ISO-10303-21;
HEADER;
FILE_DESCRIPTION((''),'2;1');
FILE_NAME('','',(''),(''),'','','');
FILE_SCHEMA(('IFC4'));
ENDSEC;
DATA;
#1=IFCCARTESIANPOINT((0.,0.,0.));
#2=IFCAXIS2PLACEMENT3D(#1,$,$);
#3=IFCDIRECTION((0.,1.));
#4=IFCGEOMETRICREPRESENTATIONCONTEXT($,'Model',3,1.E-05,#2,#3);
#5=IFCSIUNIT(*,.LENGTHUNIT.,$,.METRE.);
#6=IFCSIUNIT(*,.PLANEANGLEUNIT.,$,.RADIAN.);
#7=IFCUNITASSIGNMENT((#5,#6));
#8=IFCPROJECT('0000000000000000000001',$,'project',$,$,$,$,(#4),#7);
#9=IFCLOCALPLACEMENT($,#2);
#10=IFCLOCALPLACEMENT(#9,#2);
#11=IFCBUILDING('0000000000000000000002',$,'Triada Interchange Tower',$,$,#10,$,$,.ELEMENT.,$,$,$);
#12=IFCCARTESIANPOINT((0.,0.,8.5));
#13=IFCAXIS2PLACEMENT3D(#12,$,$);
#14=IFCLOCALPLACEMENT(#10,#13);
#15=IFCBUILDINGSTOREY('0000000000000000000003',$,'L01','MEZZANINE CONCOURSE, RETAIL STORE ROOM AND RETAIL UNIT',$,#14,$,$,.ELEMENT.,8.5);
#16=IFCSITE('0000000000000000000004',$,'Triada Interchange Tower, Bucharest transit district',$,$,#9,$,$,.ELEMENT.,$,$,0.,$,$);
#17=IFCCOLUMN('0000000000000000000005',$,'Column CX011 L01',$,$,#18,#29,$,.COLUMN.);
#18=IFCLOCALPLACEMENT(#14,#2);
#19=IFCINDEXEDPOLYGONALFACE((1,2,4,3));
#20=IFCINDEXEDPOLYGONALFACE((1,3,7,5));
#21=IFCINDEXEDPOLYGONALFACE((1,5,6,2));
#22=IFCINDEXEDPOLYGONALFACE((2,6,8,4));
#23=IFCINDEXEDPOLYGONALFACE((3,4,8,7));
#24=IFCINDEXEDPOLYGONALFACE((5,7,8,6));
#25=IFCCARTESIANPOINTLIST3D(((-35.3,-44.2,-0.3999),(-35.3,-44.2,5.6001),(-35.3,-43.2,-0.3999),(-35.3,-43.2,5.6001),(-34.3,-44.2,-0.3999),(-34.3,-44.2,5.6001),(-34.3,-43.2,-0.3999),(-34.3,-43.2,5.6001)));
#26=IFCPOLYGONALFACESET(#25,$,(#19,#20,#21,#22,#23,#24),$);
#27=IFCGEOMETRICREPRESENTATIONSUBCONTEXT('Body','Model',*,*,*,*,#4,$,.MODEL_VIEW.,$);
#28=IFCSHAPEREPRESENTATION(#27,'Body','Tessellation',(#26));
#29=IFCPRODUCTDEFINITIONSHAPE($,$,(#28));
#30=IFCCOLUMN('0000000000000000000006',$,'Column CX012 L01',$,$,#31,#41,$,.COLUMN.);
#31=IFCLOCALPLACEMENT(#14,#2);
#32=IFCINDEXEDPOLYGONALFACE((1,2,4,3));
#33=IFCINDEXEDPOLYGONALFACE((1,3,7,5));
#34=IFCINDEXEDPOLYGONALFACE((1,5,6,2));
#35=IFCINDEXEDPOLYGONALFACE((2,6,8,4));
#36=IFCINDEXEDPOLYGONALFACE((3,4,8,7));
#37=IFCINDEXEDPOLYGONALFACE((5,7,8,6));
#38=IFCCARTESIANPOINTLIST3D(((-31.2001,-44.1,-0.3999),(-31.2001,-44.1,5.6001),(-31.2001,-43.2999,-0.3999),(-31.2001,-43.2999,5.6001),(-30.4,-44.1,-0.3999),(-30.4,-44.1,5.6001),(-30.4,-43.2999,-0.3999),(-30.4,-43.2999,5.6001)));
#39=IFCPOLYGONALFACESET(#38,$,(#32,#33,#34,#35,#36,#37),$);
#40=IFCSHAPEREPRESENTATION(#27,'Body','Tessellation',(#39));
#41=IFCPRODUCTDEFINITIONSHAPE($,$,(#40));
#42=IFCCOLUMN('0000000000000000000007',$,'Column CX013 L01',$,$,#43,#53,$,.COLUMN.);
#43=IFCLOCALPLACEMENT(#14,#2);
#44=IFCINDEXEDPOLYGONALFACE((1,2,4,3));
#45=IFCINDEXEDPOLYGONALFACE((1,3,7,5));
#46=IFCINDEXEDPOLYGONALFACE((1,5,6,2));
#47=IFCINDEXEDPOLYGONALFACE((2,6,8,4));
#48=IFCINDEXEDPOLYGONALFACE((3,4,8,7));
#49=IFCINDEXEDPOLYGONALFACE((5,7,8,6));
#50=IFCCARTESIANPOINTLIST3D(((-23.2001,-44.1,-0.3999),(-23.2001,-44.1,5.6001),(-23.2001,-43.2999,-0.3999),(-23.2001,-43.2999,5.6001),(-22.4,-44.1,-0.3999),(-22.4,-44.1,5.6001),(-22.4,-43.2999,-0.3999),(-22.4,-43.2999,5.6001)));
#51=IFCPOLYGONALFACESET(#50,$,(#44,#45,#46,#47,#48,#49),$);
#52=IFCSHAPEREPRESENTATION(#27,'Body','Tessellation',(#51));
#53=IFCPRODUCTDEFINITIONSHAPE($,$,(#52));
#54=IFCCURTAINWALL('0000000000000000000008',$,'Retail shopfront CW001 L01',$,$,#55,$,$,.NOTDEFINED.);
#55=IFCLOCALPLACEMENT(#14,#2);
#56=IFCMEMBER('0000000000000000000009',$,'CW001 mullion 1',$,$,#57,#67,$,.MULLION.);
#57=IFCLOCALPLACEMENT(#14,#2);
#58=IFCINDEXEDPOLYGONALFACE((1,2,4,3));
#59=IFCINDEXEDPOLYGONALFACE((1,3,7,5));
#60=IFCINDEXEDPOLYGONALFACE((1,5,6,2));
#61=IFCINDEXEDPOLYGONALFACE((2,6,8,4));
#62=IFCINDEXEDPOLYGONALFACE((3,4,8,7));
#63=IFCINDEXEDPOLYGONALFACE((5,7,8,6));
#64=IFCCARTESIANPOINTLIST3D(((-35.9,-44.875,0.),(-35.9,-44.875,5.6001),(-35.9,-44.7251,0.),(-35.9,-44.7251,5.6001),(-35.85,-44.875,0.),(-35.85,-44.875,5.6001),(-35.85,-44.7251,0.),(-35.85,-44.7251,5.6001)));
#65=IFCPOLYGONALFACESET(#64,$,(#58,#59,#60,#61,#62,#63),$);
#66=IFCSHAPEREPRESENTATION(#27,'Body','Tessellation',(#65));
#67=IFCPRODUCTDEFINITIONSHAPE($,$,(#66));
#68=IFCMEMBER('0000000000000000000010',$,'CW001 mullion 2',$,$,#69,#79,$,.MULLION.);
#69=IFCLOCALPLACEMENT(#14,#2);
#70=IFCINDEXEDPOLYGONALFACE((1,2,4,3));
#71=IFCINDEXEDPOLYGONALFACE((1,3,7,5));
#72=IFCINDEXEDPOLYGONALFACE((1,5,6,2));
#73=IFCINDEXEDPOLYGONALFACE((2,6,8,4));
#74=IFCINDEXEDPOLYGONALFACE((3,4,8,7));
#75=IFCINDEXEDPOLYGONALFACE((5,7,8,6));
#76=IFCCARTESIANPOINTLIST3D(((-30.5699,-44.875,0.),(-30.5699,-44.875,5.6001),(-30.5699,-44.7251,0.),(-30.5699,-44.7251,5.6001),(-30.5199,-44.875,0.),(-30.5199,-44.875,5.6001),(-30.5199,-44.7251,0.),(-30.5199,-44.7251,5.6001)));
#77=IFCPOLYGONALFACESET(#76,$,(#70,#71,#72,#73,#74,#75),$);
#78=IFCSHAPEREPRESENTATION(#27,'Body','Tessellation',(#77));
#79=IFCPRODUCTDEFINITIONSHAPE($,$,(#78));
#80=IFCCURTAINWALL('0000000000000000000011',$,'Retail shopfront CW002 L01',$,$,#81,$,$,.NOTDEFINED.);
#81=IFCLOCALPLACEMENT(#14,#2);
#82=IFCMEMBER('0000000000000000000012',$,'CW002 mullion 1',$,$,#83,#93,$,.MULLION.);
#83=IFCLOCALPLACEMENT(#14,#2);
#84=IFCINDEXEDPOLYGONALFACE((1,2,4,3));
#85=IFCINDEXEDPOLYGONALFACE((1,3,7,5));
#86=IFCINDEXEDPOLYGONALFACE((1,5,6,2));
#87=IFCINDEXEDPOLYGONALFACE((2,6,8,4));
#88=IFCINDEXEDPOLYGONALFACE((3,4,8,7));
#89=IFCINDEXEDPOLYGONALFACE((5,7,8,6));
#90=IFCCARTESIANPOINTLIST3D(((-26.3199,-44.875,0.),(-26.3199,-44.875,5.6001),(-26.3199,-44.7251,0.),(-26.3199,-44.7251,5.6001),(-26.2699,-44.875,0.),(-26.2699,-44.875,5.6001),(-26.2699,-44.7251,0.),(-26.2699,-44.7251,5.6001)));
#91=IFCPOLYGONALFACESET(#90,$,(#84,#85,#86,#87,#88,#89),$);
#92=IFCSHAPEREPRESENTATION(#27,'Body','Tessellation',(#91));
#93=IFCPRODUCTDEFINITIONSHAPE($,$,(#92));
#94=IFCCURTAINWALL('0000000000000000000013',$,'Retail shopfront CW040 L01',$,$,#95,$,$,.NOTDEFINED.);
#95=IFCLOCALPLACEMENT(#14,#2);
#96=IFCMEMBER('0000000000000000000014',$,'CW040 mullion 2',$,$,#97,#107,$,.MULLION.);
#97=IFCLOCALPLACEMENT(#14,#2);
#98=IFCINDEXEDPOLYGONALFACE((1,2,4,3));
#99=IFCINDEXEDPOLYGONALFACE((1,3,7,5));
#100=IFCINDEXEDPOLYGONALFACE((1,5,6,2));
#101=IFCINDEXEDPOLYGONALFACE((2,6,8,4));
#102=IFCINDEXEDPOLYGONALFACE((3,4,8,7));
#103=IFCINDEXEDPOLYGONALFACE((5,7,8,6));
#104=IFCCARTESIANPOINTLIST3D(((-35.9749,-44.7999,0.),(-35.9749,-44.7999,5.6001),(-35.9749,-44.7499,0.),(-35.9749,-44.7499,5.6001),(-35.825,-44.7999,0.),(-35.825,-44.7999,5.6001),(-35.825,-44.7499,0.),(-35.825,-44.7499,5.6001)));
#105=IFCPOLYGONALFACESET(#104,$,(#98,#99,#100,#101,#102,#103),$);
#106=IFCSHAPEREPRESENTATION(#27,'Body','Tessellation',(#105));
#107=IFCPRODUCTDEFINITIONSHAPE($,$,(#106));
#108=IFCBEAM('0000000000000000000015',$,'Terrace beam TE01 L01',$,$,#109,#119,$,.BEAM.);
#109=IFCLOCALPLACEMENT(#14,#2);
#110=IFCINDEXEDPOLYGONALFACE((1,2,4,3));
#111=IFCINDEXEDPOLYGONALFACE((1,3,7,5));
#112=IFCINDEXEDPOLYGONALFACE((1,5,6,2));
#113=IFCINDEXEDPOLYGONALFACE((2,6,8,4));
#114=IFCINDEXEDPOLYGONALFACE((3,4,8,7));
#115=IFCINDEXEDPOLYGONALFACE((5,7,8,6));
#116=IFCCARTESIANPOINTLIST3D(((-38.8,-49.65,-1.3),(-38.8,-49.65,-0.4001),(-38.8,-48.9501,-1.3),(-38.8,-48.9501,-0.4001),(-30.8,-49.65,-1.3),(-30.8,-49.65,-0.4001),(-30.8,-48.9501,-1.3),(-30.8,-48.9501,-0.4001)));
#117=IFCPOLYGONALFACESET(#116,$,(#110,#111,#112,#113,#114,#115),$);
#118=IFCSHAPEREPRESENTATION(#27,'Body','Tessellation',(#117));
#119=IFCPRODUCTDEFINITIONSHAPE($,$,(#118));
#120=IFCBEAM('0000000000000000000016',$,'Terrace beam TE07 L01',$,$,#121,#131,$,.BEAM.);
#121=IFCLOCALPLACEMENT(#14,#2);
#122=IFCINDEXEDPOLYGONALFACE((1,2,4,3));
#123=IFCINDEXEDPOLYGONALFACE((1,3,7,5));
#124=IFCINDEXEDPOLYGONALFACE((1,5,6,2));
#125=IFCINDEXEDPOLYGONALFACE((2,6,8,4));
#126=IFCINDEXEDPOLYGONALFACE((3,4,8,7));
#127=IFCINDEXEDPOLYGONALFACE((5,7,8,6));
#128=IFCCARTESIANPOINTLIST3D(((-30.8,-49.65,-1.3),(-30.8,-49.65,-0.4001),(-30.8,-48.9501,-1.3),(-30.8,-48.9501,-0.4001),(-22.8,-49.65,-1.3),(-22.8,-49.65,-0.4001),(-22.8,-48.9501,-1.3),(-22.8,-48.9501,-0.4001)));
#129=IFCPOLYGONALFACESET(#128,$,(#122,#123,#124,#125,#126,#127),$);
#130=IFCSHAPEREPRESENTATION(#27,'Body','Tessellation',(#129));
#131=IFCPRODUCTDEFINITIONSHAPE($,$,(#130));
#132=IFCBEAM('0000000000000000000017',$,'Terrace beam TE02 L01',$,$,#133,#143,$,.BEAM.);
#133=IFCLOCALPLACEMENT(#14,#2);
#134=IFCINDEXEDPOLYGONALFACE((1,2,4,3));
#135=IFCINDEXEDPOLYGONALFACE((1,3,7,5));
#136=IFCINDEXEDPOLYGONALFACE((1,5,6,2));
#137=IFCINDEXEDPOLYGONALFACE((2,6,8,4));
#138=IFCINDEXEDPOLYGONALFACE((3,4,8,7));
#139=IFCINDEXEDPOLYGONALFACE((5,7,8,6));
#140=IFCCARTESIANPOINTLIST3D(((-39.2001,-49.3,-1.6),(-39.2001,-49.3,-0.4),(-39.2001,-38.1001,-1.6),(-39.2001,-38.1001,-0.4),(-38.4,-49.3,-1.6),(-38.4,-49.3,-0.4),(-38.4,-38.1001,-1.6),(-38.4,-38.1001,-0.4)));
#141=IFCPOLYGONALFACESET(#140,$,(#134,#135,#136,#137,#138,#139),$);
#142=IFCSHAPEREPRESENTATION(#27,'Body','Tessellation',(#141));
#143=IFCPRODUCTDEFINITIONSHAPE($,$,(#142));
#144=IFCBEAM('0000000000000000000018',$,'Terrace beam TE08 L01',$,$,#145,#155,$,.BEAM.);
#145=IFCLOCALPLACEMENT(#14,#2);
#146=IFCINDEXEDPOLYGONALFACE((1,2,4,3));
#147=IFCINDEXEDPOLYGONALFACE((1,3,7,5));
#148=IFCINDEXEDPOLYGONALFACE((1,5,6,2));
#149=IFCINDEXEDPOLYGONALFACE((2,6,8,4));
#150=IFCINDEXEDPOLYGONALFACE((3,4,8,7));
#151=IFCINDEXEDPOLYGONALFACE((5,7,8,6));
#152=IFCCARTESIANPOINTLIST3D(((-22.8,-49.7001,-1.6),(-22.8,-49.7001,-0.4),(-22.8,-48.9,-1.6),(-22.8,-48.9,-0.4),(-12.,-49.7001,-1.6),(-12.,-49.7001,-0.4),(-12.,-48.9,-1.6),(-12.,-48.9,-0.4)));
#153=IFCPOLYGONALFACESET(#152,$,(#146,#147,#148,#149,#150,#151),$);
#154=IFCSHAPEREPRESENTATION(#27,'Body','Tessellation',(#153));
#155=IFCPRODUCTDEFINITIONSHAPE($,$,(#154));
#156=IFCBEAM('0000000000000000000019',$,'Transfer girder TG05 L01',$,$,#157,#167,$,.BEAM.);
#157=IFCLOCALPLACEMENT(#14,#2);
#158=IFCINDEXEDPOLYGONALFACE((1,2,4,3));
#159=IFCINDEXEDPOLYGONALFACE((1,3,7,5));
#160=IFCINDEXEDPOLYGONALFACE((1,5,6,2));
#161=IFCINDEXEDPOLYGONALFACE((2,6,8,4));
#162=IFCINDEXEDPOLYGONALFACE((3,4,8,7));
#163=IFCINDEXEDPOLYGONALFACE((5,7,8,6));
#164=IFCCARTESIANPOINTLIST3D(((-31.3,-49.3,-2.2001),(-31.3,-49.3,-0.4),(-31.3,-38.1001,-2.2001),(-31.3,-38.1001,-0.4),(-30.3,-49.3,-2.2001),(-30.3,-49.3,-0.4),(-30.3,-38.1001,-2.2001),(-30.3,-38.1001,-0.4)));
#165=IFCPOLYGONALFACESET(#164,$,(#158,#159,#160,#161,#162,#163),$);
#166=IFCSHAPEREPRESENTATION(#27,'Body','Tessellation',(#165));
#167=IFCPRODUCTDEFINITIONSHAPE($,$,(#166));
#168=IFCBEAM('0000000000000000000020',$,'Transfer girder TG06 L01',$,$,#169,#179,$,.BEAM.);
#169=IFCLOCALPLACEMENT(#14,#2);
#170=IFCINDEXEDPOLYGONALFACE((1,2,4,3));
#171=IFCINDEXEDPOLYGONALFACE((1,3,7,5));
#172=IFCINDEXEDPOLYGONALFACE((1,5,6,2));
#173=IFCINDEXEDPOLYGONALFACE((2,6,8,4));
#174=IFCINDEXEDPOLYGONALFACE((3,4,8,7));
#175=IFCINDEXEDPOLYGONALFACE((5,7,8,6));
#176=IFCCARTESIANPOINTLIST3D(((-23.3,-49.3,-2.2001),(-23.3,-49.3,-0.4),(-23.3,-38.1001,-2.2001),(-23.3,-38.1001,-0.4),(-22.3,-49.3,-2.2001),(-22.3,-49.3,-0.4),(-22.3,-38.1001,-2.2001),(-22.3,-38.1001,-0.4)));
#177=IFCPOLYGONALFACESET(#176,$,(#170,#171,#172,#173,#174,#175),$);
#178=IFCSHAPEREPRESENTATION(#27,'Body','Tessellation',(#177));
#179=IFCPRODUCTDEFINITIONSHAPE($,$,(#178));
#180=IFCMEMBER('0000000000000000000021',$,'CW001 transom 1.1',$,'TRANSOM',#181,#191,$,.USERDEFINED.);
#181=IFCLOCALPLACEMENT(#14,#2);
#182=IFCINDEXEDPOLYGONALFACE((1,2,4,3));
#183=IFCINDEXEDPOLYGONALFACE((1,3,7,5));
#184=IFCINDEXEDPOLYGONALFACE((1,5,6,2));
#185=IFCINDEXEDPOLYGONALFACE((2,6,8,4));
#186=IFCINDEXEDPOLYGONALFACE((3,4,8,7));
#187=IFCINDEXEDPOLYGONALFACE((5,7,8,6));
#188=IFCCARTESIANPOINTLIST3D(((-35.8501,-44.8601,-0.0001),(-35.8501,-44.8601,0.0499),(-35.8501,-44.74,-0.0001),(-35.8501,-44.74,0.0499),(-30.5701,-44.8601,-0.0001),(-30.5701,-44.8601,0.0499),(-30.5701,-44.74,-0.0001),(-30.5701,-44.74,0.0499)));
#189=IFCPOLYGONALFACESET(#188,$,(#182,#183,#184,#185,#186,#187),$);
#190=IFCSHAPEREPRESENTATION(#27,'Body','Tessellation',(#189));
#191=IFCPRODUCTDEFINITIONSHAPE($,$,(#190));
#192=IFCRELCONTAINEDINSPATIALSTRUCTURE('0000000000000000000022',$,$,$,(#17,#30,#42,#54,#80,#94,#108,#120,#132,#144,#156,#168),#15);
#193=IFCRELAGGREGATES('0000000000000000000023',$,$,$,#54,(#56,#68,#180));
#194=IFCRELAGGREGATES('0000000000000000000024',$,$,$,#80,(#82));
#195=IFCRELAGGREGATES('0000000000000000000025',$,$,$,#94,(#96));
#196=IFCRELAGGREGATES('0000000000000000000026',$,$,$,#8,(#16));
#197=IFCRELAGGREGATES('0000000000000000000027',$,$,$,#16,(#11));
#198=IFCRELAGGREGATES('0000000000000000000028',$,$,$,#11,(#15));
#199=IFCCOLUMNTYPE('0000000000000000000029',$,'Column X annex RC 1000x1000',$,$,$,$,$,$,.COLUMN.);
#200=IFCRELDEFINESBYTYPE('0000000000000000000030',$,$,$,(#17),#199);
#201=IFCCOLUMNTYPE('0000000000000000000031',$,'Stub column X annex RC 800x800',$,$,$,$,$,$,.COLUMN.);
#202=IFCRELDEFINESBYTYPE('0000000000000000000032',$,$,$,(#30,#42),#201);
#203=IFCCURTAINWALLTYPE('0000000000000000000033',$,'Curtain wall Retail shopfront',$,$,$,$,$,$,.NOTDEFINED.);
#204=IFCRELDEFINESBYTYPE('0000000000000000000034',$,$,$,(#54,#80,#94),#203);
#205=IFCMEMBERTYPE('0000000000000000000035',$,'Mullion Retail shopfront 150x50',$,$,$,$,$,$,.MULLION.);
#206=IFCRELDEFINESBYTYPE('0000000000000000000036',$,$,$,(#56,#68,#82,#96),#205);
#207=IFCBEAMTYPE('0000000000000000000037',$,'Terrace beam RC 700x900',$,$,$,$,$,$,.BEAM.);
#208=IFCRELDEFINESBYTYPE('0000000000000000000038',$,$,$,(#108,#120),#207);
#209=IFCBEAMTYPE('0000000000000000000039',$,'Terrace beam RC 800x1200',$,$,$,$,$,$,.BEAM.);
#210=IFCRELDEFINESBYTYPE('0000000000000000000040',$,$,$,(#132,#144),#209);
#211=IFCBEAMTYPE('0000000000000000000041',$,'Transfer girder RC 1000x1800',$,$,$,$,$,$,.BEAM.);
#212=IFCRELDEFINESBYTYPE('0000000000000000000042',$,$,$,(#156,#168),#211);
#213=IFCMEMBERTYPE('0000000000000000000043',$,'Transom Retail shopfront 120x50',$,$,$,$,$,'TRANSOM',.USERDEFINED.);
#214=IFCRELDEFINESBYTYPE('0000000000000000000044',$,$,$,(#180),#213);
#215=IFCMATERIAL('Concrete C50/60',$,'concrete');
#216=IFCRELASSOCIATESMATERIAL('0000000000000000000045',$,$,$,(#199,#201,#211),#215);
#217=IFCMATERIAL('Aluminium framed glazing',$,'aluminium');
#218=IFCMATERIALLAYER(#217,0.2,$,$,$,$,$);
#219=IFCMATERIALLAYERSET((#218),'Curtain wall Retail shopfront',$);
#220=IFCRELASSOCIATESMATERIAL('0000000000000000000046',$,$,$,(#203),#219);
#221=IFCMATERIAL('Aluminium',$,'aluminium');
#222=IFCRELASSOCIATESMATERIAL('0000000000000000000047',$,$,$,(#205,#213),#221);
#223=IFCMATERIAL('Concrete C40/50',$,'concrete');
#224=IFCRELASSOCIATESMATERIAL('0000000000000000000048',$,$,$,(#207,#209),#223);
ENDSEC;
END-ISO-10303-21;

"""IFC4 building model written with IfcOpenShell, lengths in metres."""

from ifc_helpers import new_model, si_unit, direction, frame, origin, origin_2d, place, context, subcontext, project, spatial, rectangle, extrude, material, layer, layer_set, material_profile, profile_set, type_object, element, aggregate, save


model = new_model("IFC4")

# Units and contexts
model_context = context("Model", 3, precision=1e-05, world=origin(), true_north=direction((0.0, 1.0)))
body_context = subcontext(model_context, "Body", "Model", "MODEL_VIEW")
ifc_project = project(units=[si_unit("LENGTHUNIT", "METRE"), si_unit("PLANEANGLEUNIT", "RADIAN")], contexts=[model_context])

# Site, building, storey
site_placement = place(None, origin())
site = spatial("IfcSite", under=ifc_project, at=site_placement, Name="Triada Interchange Tower, Bucharest transit district", CompositionType="ELEMENT", RefElevation=0.0)
building_placement = place(site_placement, origin())
building = spatial("IfcBuilding", under=site, at=building_placement, Name="Triada Interchange Tower", CompositionType="ELEMENT")
storey_placement = place(building_placement, frame((0.0, 0.0, 8.5)))
storey = spatial("IfcBuildingStorey", under=building, at=storey_placement, Name="L01", Description="MEZZANINE CONCOURSE, RETAIL STORE ROOM AND RETAIL UNIT", CompositionType="ELEMENT", Elevation=8.5)

# Columns
ifc_material_1 = material(Name="Concrete C50/60", Category="concrete")
ifc_material_profile_1 = material_profile(ifc_material_1, rectangle(XDim=1.0, YDim=1.0, at=origin_2d()), Name="RC 1000x1000")
ifc_profile_set_1 = profile_set([ifc_material_profile_1], Name="Concrete C50/60")
column_type_1 = type_object("IfcColumnType", Name="Column X annex RC 1000x1000", PredefinedType="COLUMN", material=ifc_profile_set_1)
column_placement = place(storey_placement, frame((-34.8, -43.7, -0.3999), z_axis=(0.0, 0.0, 1.0), x_axis=(1.0, 0.0, 0.0)))
element("IfcColumn", 1, at=column_placement, inside=storey, type_object=column_type_1, Name="Column CX011 L01", PredefinedType="COLUMN", context=body_context, shape_type="SweptSolid", body=[
    extrude(rectangle(XDim=1.0, YDim=1.0, at=origin_2d()), origin(), (0.0, 0.0, 1.0), 6.0),
])
ifc_material_profile_2 = material_profile(ifc_material_1, rectangle(XDim=0.8, YDim=0.8, at=origin_2d()), Name="RC 800x800")
ifc_profile_set_2 = profile_set([ifc_material_profile_2], Name="Concrete C50/60")
column_type_2 = type_object("IfcColumnType", Name="Stub column X annex RC 800x800", PredefinedType="COLUMN", material=ifc_profile_set_2)
for number, where, z_axis, x_axis, name in (
    (2, (-30.8, -43.7, -0.3999), (0.0, 0.0, 1.0), (1.0, 0.0, 0.0), "Column CX012 L01"),
    (3, (-22.8, -43.7, -0.3999), (0.0, 0.0, 1.0), (1.0, 0.0, 0.0), "Column CX013 L01"),
):
    element("IfcColumn", number, at=place(storey_placement, frame(where, z_axis=z_axis, x_axis=x_axis)), inside=storey, type_object=column_type_2, Name=name, PredefinedType="COLUMN", context=body_context, shape_type="SweptSolid", body=[
        extrude(rectangle(XDim=0.8, YDim=0.8, at=origin_2d()), origin(), (0.0, 0.0, 1.0), 6.0),
    ])

# Curtain wall, members
ifc_material_2 = material(Name="Aluminium framed glazing", Category="aluminium")
ifc_layer_1 = layer(ifc_material_2, 0.2)
ifc_layer_set_1 = layer_set([ifc_layer_1], Name="Curtain wall Retail shopfront")
curtain_wall_type = type_object("IfcCurtainWallType", Name="Curtain wall Retail shopfront", PredefinedType="NOTDEFINED", material=ifc_layer_set_1)
curtain_wall_1_placement = place(storey_placement, origin())
curtain_wall_1 = element("IfcCurtainWall", 4, at=curtain_wall_1_placement, inside=storey, type_object=curtain_wall_type, Name="Retail shopfront CW001 L01", PredefinedType="NOTDEFINED")
ifc_material_3 = material(Name="Aluminium", Category="aluminium")
ifc_material_profile_3 = material_profile(ifc_material_3, rectangle(XDim=0.1499, YDim=0.05, at=origin_2d()), Name="Aluminium mullion")
ifc_profile_set_3 = profile_set([ifc_material_profile_3], Name="Aluminium")
member_type_1 = type_object("IfcMemberType", Name="Mullion Retail shopfront 150x50", PredefinedType="MULLION", material=ifc_profile_set_3)
member_1_placement = place(storey_placement, frame((-35.875, -44.8, 0.0), z_axis=(0.0, 0.0, 1.0), x_axis=(0.0, 1.0, 0.0)))
member_1 = element("IfcMember", 5, at=member_1_placement, type_object=member_type_1, Name="CW001 mullion 1", PredefinedType="MULLION", context=body_context, shape_type="SweptSolid", body=[
    extrude(rectangle(XDim=0.1499, YDim=0.05, at=origin_2d()), origin(), (0.0, 0.0, 1.0), 5.6001),
])
member_2_placement = place(storey_placement, frame((-30.5449, -44.8, 0.0), z_axis=(0.0, 0.0, 1.0), x_axis=(0.0, 1.0, 0.0)))
member_2 = element("IfcMember", 6, at=member_2_placement, type_object=member_type_1, Name="CW001 mullion 2", PredefinedType="MULLION", context=body_context, shape_type="SweptSolid", body=[
    extrude(rectangle(XDim=0.1499, YDim=0.05, at=origin_2d()), origin(), (0.0, 0.0, 1.0), 5.6001),
])

# Curtain walls, members
curtain_wall_2_placement = place(storey_placement, origin())
curtain_wall_2 = element("IfcCurtainWall", 7, at=curtain_wall_2_placement, inside=storey, type_object=curtain_wall_type, Name="Retail shopfront CW002 L01", PredefinedType="NOTDEFINED")
member_3_placement = place(storey_placement, frame((-26.2949, -44.8, 0.0), z_axis=(0.0, 0.0, 1.0), x_axis=(0.0, 1.0, 0.0)))
member_3 = element("IfcMember", 8, at=member_3_placement, type_object=member_type_1, Name="CW002 mullion 1", PredefinedType="MULLION", context=body_context, shape_type="SweptSolid", body=[
    extrude(rectangle(XDim=0.1499, YDim=0.05, at=origin_2d()), origin(), (0.0, 0.0, 1.0), 5.6001),
])
curtain_wall_3_placement = place(storey_placement, origin())
curtain_wall_3 = element("IfcCurtainWall", 9, at=curtain_wall_3_placement, inside=storey, type_object=curtain_wall_type, Name="Retail shopfront CW040 L01", PredefinedType="NOTDEFINED")
member_4_placement = place(storey_placement, frame((-35.8999, -44.7749, 0.0), z_axis=(0.0, 0.0, 1.0), x_axis=(1.0, 0.0, 0.0)))
member_4 = element("IfcMember", 10, at=member_4_placement, type_object=member_type_1, Name="CW040 mullion 2", PredefinedType="MULLION", context=body_context, shape_type="SweptSolid", body=[
    extrude(rectangle(XDim=0.1499, YDim=0.05, at=origin_2d()), origin(), (0.0, 0.0, 1.0), 5.6001),
])

# Beams
ifc_material_4 = material(Name="Concrete C40/50", Category="concrete")
ifc_material_profile_4 = material_profile(ifc_material_4, rectangle(XDim=0.7, YDim=0.8999, at=origin_2d()), Name="RC 700x900")
ifc_profile_set_4 = profile_set([ifc_material_profile_4], Name="Concrete C40/50")
beam_type_1 = type_object("IfcBeamType", Name="Terrace beam RC 700x900", PredefinedType="BEAM", material=ifc_profile_set_4)
for number, where, z_axis, x_axis, name in (
    (11, (-38.8, -49.3, -0.8501), (1.0, 0.0, 0.0), (0.0, 1.0, 0.0), "Terrace beam TE01 L01"),
    (12, (-30.8, -49.3, -0.8501), (1.0, 0.0, 0.0), (0.0, 1.0, 0.0), "Terrace beam TE07 L01"),
):
    element("IfcBeam", number, at=place(storey_placement, frame(where, z_axis=z_axis, x_axis=x_axis)), inside=storey, type_object=beam_type_1, Name=name, PredefinedType="BEAM", context=body_context, shape_type="SweptSolid", body=[
        extrude(rectangle(XDim=0.7, YDim=0.8999, at=origin_2d()), origin(), (0.0, 0.0, 1.0), 8.0),
    ])
ifc_material_profile_5 = material_profile(ifc_material_4, rectangle(XDim=0.8, YDim=1.2, at=origin_2d()), Name="RC 800x1200")
ifc_profile_set_5 = profile_set([ifc_material_profile_5], Name="Concrete C40/50")
beam_type_2 = type_object("IfcBeamType", Name="Terrace beam RC 800x1200", PredefinedType="BEAM", material=ifc_profile_set_5)
beam_1_placement = place(storey_placement, frame((-38.8, -49.3, -1.0), z_axis=(0.0, 1.0, 0.0), x_axis=(-1.0, 0.0, 0.0)))
element("IfcBeam", 13, at=beam_1_placement, inside=storey, type_object=beam_type_2, Name="Terrace beam TE02 L01", PredefinedType="BEAM", context=body_context, shape_type="SweptSolid", body=[
    extrude(rectangle(XDim=0.8, YDim=1.2, at=origin_2d()), origin(), (0.0, 0.0, 1.0), 11.2),
])
beam_2_placement = place(storey_placement, frame((-22.8, -49.3, -1.0), z_axis=(1.0, 0.0, 0.0), x_axis=(0.0, 1.0, 0.0)))
element("IfcBeam", 14, at=beam_2_placement, inside=storey, type_object=beam_type_2, Name="Terrace beam TE08 L01", PredefinedType="BEAM", context=body_context, shape_type="SweptSolid", body=[
    extrude(rectangle(XDim=0.8, YDim=1.2, at=origin_2d()), origin(), (0.0, 0.0, 1.0), 10.8),
])
ifc_material_profile_6 = material_profile(ifc_material_1, rectangle(XDim=1.0, YDim=1.8, at=origin_2d()), Name="RC 1000x1800")
ifc_profile_set_6 = profile_set([ifc_material_profile_6], Name="Concrete C50/60")
beam_type_3 = type_object("IfcBeamType", Name="Transfer girder RC 1000x1800", PredefinedType="BEAM", material=ifc_profile_set_6)
for number, where, z_axis, x_axis, name in (
    (15, (-30.8, -49.3, -1.3), (0.0, 1.0, 0.0), (-1.0, 0.0, 0.0), "Transfer girder TG05 L01"),
    (16, (-22.8, -49.3, -1.3), (0.0, 1.0, 0.0), (-1.0, 0.0, 0.0), "Transfer girder TG06 L01"),
):
    element("IfcBeam", number, at=place(storey_placement, frame(where, z_axis=z_axis, x_axis=x_axis)), inside=storey, type_object=beam_type_3, Name=name, PredefinedType="BEAM", context=body_context, shape_type="SweptSolid", body=[
        extrude(rectangle(XDim=1.0, YDim=1.8, at=origin_2d()), origin(), (0.0, 0.0, 1.0), 11.2),
    ])

# Member
ifc_material_profile_7 = material_profile(ifc_material_3, rectangle(XDim=0.1201, YDim=0.05, at=origin_2d()), Name="Aluminium transom")
ifc_profile_set_7 = profile_set([ifc_material_profile_7], Name="Aluminium")
member_type_2 = type_object("IfcMemberType", Name="Transom Retail shopfront 120x50", ElementType="TRANSOM", PredefinedType="USERDEFINED", material=ifc_profile_set_7)
member_5_placement = place(storey_placement, frame((-35.8501, -44.8, 0.0249), z_axis=(1.0, 0.0, 0.0), x_axis=(0.0, 1.0, 0.0)))
member_5 = element("IfcMember", 17, at=member_5_placement, type_object=member_type_2, Name="CW001 transom 1.1", ObjectType="TRANSOM", PredefinedType="USERDEFINED", context=body_context, shape_type="SweptSolid", body=[
    extrude(rectangle(XDim=0.1201, YDim=0.05, at=origin_2d()), origin(), (0.0, 0.0, 1.0), 5.28),
])

aggregate(curtain_wall_1, [member_1, member_2, member_5])
aggregate(curtain_wall_2, [member_3])
aggregate(curtain_wall_3, [member_4])

save(model, "model.ifc")
